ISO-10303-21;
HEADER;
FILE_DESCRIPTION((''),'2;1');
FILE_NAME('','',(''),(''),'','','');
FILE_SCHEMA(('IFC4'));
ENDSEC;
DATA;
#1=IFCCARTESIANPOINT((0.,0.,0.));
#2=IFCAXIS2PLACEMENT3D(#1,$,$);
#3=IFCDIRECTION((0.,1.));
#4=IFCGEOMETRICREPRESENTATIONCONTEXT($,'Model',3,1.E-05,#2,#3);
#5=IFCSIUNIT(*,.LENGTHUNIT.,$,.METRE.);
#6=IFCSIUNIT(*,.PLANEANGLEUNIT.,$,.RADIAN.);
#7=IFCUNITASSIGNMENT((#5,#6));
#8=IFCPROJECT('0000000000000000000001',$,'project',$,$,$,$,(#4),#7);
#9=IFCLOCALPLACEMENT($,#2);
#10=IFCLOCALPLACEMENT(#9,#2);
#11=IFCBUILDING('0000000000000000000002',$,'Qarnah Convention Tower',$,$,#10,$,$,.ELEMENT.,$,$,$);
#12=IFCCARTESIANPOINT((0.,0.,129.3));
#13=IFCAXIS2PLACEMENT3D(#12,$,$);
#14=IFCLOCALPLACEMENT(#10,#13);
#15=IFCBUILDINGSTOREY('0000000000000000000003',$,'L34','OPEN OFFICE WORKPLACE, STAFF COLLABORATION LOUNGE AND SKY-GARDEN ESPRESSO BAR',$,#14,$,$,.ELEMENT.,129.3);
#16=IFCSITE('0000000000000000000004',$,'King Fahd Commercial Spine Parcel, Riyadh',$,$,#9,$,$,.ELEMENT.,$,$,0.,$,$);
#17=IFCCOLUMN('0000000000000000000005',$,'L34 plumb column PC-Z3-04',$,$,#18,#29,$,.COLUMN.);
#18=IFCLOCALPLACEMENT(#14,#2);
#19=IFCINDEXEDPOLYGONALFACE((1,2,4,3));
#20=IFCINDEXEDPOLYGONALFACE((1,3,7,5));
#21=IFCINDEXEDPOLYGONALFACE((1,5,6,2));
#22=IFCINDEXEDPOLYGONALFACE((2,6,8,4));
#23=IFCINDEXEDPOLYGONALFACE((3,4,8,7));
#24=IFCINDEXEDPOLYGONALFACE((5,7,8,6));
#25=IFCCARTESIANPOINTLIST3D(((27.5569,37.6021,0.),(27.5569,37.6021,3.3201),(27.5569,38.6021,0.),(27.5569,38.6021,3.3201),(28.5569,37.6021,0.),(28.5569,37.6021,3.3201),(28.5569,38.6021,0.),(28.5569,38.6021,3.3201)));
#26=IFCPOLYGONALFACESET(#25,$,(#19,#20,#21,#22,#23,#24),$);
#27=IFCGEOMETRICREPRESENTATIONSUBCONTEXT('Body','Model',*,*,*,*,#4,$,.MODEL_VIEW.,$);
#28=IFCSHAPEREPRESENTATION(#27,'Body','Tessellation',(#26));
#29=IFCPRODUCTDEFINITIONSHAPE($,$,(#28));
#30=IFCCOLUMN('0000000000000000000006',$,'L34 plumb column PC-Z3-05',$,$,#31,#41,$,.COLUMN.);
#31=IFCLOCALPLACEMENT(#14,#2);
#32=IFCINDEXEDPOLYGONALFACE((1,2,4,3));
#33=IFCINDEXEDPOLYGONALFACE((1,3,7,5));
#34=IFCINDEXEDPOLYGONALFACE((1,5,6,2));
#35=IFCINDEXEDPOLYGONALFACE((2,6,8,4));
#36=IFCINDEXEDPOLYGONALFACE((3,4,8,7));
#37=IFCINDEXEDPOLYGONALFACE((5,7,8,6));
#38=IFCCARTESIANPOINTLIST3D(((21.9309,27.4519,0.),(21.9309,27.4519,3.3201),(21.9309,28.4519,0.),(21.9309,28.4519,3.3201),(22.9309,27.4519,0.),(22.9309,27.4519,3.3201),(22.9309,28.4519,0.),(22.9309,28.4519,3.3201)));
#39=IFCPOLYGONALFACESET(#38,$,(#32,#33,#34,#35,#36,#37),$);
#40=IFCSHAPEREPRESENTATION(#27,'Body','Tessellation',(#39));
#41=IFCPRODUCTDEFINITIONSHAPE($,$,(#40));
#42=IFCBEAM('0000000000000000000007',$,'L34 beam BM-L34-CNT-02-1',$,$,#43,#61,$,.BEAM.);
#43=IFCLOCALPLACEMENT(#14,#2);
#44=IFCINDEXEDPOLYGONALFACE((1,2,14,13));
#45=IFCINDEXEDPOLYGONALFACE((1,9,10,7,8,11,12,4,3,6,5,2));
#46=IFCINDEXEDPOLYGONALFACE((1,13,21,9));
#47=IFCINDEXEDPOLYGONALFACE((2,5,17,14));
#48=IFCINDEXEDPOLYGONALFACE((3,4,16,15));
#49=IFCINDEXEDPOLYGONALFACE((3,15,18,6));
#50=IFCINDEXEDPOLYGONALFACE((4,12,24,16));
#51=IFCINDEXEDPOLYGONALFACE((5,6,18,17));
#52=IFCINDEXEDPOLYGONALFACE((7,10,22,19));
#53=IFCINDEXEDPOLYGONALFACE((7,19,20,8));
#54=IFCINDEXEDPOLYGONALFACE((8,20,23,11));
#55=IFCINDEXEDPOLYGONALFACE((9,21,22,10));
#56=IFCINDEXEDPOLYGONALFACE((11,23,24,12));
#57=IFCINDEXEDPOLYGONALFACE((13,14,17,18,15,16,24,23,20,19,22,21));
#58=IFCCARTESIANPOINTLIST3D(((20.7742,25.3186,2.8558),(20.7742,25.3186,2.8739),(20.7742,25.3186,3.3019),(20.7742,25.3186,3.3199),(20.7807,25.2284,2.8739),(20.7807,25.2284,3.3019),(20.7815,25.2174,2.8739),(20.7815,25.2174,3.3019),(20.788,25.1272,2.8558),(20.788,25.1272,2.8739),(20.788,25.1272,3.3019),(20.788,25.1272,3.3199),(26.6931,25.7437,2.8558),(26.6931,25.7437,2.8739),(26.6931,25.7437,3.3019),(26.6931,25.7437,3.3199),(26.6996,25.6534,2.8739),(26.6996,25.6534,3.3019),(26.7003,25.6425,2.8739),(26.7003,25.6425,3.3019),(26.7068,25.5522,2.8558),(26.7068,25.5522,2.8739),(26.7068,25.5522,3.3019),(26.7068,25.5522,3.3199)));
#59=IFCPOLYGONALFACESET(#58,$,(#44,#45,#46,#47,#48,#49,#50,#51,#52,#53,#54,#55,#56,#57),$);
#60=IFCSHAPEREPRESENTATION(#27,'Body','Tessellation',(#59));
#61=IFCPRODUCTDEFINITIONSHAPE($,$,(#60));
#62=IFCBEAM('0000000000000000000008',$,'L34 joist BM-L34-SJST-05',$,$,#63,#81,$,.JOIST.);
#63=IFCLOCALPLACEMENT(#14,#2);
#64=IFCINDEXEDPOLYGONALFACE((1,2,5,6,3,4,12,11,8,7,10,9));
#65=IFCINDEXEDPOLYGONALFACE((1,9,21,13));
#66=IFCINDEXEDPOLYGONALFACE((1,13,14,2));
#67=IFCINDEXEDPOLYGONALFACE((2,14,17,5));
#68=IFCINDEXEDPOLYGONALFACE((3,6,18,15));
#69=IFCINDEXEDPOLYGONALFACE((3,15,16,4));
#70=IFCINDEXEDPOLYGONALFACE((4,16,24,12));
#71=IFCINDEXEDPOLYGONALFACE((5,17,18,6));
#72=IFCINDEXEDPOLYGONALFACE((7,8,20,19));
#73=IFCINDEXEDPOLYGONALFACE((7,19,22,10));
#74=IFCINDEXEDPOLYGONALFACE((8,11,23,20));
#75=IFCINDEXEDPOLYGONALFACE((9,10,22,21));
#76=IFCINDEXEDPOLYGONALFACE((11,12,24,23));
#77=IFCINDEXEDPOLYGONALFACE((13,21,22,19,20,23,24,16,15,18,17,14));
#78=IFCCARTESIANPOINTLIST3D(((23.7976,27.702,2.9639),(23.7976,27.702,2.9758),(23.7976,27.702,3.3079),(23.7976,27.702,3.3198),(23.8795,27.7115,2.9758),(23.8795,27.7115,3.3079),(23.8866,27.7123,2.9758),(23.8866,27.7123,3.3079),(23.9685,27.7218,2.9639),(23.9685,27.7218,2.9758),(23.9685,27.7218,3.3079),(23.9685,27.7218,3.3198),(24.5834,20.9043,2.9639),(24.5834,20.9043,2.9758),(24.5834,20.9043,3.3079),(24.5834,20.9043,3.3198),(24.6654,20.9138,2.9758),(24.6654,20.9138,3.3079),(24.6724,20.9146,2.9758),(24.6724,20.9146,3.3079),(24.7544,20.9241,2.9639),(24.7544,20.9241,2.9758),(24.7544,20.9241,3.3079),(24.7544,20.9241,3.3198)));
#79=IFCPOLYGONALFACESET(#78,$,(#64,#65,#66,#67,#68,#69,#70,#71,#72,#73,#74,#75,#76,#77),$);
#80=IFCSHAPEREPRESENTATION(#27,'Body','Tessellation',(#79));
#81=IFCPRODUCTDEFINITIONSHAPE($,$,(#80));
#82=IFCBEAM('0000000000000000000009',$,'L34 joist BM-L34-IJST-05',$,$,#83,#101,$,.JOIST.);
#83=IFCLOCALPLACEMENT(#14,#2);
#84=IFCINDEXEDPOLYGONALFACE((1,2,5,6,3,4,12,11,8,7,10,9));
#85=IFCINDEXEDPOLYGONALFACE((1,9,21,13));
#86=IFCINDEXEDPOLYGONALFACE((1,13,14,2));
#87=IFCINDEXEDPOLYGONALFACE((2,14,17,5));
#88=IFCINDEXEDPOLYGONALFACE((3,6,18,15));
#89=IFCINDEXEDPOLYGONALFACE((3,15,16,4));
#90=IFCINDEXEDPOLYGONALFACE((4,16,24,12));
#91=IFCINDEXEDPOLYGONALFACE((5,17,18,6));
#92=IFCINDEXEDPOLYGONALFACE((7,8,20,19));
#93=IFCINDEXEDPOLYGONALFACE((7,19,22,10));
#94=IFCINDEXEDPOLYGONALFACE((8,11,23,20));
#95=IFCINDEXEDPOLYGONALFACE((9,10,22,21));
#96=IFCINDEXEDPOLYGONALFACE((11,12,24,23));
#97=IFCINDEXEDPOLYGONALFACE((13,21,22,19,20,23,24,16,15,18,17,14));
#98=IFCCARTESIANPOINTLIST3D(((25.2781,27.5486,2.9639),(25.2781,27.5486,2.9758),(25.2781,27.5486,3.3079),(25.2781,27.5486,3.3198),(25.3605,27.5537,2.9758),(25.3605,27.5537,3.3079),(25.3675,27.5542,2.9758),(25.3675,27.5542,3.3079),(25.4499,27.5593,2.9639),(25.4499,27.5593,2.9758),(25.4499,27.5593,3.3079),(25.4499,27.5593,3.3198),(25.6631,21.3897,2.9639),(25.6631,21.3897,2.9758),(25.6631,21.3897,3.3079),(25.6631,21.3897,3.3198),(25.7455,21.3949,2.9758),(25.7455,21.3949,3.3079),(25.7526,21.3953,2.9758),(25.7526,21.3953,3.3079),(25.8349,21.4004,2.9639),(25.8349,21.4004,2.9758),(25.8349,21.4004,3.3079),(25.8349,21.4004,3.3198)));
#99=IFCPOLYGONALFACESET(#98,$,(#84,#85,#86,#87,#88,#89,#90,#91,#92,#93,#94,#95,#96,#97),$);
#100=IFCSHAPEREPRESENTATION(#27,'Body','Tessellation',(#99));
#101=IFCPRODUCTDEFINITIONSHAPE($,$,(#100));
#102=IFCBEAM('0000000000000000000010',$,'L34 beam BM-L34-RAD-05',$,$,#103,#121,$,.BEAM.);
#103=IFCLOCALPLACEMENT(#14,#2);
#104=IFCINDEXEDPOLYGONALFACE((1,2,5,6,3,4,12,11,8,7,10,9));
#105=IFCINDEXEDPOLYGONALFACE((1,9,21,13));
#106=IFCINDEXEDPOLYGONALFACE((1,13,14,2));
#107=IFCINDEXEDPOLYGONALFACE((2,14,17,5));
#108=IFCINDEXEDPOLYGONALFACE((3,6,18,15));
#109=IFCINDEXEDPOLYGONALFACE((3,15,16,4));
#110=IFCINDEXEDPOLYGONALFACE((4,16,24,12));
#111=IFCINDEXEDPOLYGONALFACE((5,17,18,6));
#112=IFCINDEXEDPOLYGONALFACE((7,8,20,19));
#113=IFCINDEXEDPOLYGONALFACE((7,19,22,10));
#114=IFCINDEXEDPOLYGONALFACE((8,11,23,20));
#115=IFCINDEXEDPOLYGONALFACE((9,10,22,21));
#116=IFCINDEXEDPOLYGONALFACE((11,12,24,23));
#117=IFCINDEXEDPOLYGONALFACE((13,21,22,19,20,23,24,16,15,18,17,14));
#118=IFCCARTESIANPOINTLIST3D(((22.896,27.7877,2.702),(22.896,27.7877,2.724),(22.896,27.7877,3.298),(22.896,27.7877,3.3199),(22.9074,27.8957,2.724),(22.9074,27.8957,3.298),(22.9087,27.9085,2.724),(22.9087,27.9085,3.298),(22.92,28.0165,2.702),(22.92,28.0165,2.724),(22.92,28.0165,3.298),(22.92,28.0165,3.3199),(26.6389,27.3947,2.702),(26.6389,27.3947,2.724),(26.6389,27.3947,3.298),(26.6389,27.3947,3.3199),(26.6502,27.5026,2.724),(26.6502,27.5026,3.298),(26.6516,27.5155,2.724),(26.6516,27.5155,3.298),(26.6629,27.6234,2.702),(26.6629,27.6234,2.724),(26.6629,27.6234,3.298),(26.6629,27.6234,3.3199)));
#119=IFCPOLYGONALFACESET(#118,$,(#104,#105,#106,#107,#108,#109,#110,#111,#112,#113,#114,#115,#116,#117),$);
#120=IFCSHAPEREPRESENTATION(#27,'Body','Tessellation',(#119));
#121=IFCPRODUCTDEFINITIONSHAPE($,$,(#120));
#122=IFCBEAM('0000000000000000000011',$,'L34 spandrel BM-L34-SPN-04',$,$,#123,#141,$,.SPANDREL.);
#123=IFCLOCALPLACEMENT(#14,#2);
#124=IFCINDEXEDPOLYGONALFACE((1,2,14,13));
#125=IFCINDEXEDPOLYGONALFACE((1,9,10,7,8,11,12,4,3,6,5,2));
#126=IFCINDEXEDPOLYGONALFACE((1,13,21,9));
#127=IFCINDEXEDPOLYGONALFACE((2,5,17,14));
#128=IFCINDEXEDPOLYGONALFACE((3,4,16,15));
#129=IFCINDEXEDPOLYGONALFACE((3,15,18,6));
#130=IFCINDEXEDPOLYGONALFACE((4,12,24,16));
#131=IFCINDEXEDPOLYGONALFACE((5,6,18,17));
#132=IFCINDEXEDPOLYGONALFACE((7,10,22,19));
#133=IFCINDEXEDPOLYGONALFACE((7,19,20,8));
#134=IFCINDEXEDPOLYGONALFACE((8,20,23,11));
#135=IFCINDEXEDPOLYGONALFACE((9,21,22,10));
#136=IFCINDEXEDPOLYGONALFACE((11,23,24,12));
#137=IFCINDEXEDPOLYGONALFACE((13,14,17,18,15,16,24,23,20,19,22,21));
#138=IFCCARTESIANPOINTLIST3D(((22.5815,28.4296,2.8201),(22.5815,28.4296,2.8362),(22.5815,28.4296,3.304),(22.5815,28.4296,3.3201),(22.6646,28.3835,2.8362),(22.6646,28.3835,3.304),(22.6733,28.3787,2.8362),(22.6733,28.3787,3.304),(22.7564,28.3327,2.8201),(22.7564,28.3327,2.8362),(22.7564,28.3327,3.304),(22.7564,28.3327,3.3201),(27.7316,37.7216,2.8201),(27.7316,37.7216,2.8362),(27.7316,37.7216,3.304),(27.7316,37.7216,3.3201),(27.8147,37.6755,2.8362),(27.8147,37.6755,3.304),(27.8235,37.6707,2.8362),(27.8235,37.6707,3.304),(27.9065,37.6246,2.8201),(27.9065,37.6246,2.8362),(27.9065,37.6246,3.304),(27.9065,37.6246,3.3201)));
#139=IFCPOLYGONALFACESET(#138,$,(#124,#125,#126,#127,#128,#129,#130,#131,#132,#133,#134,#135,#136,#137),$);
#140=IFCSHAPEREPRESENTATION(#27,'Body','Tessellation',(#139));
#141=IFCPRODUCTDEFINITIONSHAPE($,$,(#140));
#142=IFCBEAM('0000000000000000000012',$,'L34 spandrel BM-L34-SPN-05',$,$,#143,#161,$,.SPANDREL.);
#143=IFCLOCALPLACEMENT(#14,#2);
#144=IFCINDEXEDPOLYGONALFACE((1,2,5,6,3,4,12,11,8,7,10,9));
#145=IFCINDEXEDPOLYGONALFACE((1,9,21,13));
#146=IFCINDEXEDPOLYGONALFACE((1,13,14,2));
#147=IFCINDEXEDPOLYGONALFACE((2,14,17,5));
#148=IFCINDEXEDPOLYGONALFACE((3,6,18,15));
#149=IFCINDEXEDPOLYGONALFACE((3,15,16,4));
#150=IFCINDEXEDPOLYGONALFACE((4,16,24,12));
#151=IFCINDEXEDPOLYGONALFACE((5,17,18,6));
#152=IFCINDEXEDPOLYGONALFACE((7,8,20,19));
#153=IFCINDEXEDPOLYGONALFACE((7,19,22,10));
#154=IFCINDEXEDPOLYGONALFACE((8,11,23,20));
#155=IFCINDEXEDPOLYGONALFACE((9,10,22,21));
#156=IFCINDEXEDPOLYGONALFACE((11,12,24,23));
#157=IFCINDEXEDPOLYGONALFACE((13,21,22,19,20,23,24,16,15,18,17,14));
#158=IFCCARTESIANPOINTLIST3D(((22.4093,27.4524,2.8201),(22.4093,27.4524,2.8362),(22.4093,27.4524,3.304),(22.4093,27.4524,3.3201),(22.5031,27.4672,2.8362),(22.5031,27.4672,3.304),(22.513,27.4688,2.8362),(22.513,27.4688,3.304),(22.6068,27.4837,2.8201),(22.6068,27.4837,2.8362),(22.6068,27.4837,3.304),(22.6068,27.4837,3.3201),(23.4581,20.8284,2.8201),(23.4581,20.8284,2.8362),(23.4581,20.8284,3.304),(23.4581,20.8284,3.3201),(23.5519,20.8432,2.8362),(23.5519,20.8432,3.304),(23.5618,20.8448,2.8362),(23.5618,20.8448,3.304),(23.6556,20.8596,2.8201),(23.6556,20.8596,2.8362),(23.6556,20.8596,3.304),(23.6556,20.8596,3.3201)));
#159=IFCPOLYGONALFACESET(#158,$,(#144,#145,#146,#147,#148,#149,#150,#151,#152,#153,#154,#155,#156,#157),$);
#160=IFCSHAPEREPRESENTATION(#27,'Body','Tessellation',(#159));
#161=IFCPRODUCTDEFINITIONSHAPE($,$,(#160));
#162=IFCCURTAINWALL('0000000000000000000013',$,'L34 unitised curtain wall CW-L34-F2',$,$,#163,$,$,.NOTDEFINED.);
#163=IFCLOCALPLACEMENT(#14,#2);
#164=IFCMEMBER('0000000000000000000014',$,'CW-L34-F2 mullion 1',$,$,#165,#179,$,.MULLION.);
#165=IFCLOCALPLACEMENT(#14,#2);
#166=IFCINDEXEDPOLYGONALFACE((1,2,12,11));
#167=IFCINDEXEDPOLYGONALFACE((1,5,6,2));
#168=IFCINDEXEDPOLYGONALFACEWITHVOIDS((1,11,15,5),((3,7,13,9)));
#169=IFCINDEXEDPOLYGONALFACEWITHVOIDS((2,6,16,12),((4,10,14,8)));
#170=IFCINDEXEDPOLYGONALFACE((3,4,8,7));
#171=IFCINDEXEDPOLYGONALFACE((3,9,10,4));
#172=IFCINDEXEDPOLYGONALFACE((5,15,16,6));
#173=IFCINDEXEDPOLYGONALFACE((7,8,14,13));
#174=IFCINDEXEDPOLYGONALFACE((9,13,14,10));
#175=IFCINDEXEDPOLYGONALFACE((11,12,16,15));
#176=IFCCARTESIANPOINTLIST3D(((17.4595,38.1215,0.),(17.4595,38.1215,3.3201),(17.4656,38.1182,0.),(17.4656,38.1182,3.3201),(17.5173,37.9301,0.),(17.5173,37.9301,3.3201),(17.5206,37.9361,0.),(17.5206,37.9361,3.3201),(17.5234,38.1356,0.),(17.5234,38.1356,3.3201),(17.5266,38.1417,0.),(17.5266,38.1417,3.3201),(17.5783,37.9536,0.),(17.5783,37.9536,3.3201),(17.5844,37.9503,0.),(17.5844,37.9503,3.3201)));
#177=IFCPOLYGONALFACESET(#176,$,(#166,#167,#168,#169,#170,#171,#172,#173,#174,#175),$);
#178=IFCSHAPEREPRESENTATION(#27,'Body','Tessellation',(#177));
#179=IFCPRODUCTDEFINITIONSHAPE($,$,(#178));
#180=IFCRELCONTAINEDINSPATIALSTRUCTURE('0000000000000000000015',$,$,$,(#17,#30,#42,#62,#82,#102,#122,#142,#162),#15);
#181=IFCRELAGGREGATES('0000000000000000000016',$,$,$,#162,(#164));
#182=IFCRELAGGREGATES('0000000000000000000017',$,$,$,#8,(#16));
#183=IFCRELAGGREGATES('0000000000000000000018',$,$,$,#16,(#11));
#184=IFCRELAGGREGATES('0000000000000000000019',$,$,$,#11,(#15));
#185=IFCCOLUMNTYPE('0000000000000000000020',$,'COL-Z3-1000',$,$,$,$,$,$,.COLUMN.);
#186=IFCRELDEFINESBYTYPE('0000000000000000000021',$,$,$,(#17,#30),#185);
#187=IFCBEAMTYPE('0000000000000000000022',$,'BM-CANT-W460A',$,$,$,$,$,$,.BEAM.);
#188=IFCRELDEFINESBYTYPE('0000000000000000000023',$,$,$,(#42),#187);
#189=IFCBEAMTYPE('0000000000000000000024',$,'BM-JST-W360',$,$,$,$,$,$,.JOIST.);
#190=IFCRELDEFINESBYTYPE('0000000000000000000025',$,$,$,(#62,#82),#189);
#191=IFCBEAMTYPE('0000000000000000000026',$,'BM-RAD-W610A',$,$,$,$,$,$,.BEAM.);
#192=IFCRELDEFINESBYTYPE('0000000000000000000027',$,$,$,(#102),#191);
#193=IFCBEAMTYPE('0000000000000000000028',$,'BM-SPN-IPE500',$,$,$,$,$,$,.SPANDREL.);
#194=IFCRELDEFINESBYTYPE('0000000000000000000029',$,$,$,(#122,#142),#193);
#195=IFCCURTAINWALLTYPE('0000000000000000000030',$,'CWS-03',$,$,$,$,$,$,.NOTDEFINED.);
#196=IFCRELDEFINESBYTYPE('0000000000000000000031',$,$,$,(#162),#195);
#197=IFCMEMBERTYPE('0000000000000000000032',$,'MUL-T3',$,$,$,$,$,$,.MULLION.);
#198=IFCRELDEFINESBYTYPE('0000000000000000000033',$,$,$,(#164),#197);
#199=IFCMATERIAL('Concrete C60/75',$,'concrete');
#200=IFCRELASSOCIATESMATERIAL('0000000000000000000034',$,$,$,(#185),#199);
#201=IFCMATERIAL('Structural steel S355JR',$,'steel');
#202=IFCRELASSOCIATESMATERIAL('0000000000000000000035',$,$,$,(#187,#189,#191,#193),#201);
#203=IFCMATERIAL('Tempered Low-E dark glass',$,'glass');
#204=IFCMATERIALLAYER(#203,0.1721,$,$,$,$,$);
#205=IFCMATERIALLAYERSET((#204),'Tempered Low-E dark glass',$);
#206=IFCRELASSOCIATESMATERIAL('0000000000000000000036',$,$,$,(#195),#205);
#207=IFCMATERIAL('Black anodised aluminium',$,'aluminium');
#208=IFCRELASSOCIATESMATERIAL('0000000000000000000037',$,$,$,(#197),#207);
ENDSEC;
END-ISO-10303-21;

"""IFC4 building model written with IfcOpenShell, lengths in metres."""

from ifc_helpers import new_model, si_unit, direction, frame, origin, origin_2d, place, context, subcontext, project, spatial, rectangle, hollow_rectangle, i_section, extrude, material, layer, layer_set, material_profile, profile_set, type_object, element, aggregate, save


model = new_model("IFC4")

# Units and contexts
model_context = context("Model", 3, precision=1e-05, world=origin(), true_north=direction((0.0, 1.0)))
body_context = subcontext(model_context, "Body", "Model", "MODEL_VIEW")
ifc_project = project(units=[si_unit("LENGTHUNIT", "METRE"), si_unit("PLANEANGLEUNIT", "RADIAN")], contexts=[model_context])

# Site, building, storey
site_placement = place(None, origin())
site = spatial("IfcSite", under=ifc_project, at=site_placement, Name="King Fahd Commercial Spine Parcel, Riyadh", CompositionType="ELEMENT", RefElevation=0.0)
building_placement = place(site_placement, origin())
building = spatial("IfcBuilding", under=site, at=building_placement, Name="Qarnah Convention Tower", CompositionType="ELEMENT")
storey_placement = place(building_placement, frame((0.0, 0.0, 129.3)))
storey = spatial("IfcBuildingStorey", under=building, at=storey_placement, Name="L34", Description="OPEN OFFICE WORKPLACE, STAFF COLLABORATION LOUNGE AND SKY-GARDEN ESPRESSO BAR", CompositionType="ELEMENT", Elevation=129.3)

# Columns
ifc_material_1 = material(Name="Concrete C60/75", Category="concrete")
ifc_material_profile_1 = material_profile(ifc_material_1, rectangle(XDim=1.0, YDim=1.0, at=origin_2d()), Name="RC-COL-1000X1000")
ifc_profile_set_1 = profile_set([ifc_material_profile_1], Name="Concrete C60/75")
column_type = type_object("IfcColumnType", Name="COL-Z3-1000", PredefinedType="COLUMN", material=ifc_profile_set_1)
for number, where, z_axis, x_axis, name in (
    (1, (28.0569, 38.1021, 0.0), (0.0, 0.0, 1.0), (1.0, 0.0, 0.0), "L34 plumb column PC-Z3-04"),
    (2, (22.4309, 27.9519, 0.0), (0.0, 0.0, 1.0), (1.0, 0.0, 0.0), "L34 plumb column PC-Z3-05"),
):
    element("IfcColumn", number, at=place(storey_placement, frame(where, z_axis=z_axis, x_axis=x_axis)), inside=storey, type_object=column_type, Name=name, PredefinedType="COLUMN", context=body_context, shape_type="SweptSolid", body=[
        extrude(rectangle(XDim=1.0, YDim=1.0, at=origin_2d()), origin(), (0.0, 0.0, 1.0), 3.3201),
    ])

# Beams
ifc_material_2 = material(Name="Structural steel S355JR", Category="steel")
ifc_material_profile_2 = material_profile(ifc_material_2, i_section(OverallWidth=0.1919, OverallDepth=0.4641, WebThickness=0.011, FlangeThickness=0.0181, at=origin_2d()), Name="W460X89")
ifc_profile_set_2 = profile_set([ifc_material_profile_2], Name="Structural steel S355JR")
beam_type_1 = type_object("IfcBeamType", Name="BM-CANT-W460A", PredefinedType="BEAM", material=ifc_profile_set_2)
beam_1_placement = place(storey_placement, frame((26.7, 25.6479, 3.0879), z_axis=(-0.997431, -0.071627, 0.0), x_axis=(0.071627, -0.997431, 0.0)))
element("IfcBeam", 3, at=beam_1_placement, inside=storey, type_object=beam_type_1, Name="L34 beam BM-L34-CNT-02-1", PredefinedType="BEAM", context=body_context, shape_type="SweptSolid", body=[
    extrude(i_section(OverallWidth=0.1919, OverallDepth=0.4641, WebThickness=0.011, FlangeThickness=0.0181, at=origin_2d()), origin(), (0.0, 0.0, 1.0), 5.9341),
])
ifc_material_profile_3 = material_profile(ifc_material_2, i_section(OverallWidth=0.1721, OverallDepth=0.356, WebThickness=0.0071, FlangeThickness=0.012, at=origin_2d()), Name="W360X51")
ifc_profile_set_3 = profile_set([ifc_material_profile_3], Name="Structural steel S355JR")
beam_type_2 = type_object("IfcBeamType", Name="BM-JST-W360", PredefinedType="JOIST", material=ifc_profile_set_3)
beam_2_placement = place(storey_placement, frame((23.8831, 27.7119, 3.1418), z_axis=(0.114843, -0.993384, 0.0), x_axis=(0.993384, 0.114843, 0.0)))
element("IfcBeam", 4, at=beam_2_placement, inside=storey, type_object=beam_type_2, Name="L34 joist BM-L34-SJST-05", PredefinedType="JOIST", context=body_context, shape_type="SweptSolid", body=[
    extrude(i_section(OverallWidth=0.1721, OverallDepth=0.356, WebThickness=0.0071, FlangeThickness=0.012, at=origin_2d()), origin(), (0.0, 0.0, 1.0), 6.843),
])
beam_3_placement = place(storey_placement, frame((25.364, 27.554, 3.1418), z_axis=(0.062391, -0.998052, 0.0), x_axis=(0.998052, 0.062391, 0.0)))
element("IfcBeam", 5, at=beam_3_placement, inside=storey, type_object=beam_type_2, Name="L34 joist BM-L34-IJST-05", PredefinedType="JOIST", context=body_context, shape_type="SweptSolid", body=[
    extrude(i_section(OverallWidth=0.1721, OverallDepth=0.356, WebThickness=0.0071, FlangeThickness=0.012, at=origin_2d()), origin(), (0.0, 0.0, 1.0), 6.1709),
])
ifc_material_profile_4 = material_profile(ifc_material_2, i_section(OverallWidth=0.23, OverallDepth=0.6179, WebThickness=0.0129, FlangeThickness=0.022, at=origin_2d()), Name="W610X140")
ifc_profile_set_4 = profile_set([ifc_material_profile_4], Name="Structural steel S355JR")
beam_type_3 = type_object("IfcBeamType", Name="BM-RAD-W610A", PredefinedType="BEAM", material=ifc_profile_set_4)
beam_4_placement = place(storey_placement, frame((26.6509, 27.509, 3.011), z_axis=(-0.994531, 0.104442, 0.0), x_axis=(-0.104442, -0.994531, 0.0)))
element("IfcBeam", 6, at=beam_4_placement, inside=storey, type_object=beam_type_3, Name="L34 beam BM-L34-RAD-05", PredefinedType="BEAM", context=body_context, shape_type="SweptSolid", body=[
    extrude(i_section(OverallWidth=0.23, OverallDepth=0.6179, WebThickness=0.0129, FlangeThickness=0.022, at=origin_2d()), origin(), (0.0, 0.0, 1.0), 3.7634),
])
ifc_material_profile_5 = material_profile(ifc_material_2, i_section(OverallWidth=0.2, OverallDepth=0.5, WebThickness=0.01, FlangeThickness=0.0161, at=origin_2d()), Name="IPE500")
ifc_profile_set_5 = profile_set([ifc_material_profile_5], Name="Structural steel S355JR")
beam_type_4 = type_object("IfcBeamType", Name="BM-SPN-IPE500", PredefinedType="SPANDREL", material=ifc_profile_set_5)
beam_5_placement = place(storey_placement, frame((27.8191, 37.6731, 3.0701), z_axis=(-0.484774, -0.874639, 0.0), x_axis=(0.874639, -0.484774, 0.0)))
element("IfcBeam", 7, at=beam_5_placement, inside=storey, type_object=beam_type_4, Name="L34 spandrel BM-L34-SPN-04", PredefinedType="SPANDREL", context=body_context, shape_type="SweptSolid", body=[
    extrude(i_section(OverallWidth=0.2, OverallDepth=0.5, WebThickness=0.01, FlangeThickness=0.0161, at=origin_2d()), origin(), (0.0, 0.0, 1.0), 10.6238),
])
beam_6_placement = place(storey_placement, frame((22.5081, 27.468, 3.0701), z_axis=(0.156389, -0.987696, 0.0), x_axis=(0.987696, 0.156389, 0.0)))
element("IfcBeam", 8, at=beam_6_placement, inside=storey, type_object=beam_type_4, Name="L34 spandrel BM-L34-SPN-05", PredefinedType="SPANDREL", context=body_context, shape_type="SweptSolid", body=[
    extrude(i_section(OverallWidth=0.2, OverallDepth=0.5, WebThickness=0.01, FlangeThickness=0.0161, at=origin_2d()), origin(), (0.0, 0.0, 1.0), 6.7065),
])

# Curtain wall, member
ifc_material_3 = material(Name="Tempered Low-E dark glass", Category="glass")
ifc_layer_1 = layer(ifc_material_3, 0.1721)
ifc_layer_set_1 = layer_set([ifc_layer_1], Name="Tempered Low-E dark glass")
curtain_wall_type = type_object("IfcCurtainWallType", Name="CWS-03", PredefinedType="NOTDEFINED", material=ifc_layer_set_1)
curtain_wall_placement = place(storey_placement, origin())
curtain_wall = element("IfcCurtainWall", 9, at=curtain_wall_placement, inside=storey, type_object=curtain_wall_type, Name="L34 unitised curtain wall CW-L34-F2", PredefinedType="NOTDEFINED")
ifc_material_4 = material(Name="Black anodised aluminium", Category="aluminium")
ifc_material_profile_6 = material_profile(ifc_material_4, hollow_rectangle(XDim=0.0701, YDim=0.2, WallThickness=0.0049, at=origin_2d()), Name="MUL-70X200")
ifc_profile_set_6 = profile_set([ifc_material_profile_6], Name="Black anodised aluminium")
member_type_1 = type_object("IfcMemberType", Name="MUL-T3", PredefinedType="MULLION", material=ifc_profile_set_6)
member_1_placement = place(storey_placement, frame((17.522, 38.0359, 0.0), z_axis=(0.0, 0.0, 1.0), x_axis=(0.957322, 0.289025, 0.0)))
member_1 = element("IfcMember", 10, at=member_1_placement, type_object=member_type_1, Name="CW-L34-F2 mullion 1", PredefinedType="MULLION", context=body_context, shape_type="SweptSolid", body=[
    extrude(hollow_rectangle(XDim=0.0701, YDim=0.2, WallThickness=0.0049, at=origin_2d()), origin(), (0.0, 0.0, 1.0), 3.3201),
])
aggregate(curtain_wall, [member_1])

save(model, "model.ifc")
